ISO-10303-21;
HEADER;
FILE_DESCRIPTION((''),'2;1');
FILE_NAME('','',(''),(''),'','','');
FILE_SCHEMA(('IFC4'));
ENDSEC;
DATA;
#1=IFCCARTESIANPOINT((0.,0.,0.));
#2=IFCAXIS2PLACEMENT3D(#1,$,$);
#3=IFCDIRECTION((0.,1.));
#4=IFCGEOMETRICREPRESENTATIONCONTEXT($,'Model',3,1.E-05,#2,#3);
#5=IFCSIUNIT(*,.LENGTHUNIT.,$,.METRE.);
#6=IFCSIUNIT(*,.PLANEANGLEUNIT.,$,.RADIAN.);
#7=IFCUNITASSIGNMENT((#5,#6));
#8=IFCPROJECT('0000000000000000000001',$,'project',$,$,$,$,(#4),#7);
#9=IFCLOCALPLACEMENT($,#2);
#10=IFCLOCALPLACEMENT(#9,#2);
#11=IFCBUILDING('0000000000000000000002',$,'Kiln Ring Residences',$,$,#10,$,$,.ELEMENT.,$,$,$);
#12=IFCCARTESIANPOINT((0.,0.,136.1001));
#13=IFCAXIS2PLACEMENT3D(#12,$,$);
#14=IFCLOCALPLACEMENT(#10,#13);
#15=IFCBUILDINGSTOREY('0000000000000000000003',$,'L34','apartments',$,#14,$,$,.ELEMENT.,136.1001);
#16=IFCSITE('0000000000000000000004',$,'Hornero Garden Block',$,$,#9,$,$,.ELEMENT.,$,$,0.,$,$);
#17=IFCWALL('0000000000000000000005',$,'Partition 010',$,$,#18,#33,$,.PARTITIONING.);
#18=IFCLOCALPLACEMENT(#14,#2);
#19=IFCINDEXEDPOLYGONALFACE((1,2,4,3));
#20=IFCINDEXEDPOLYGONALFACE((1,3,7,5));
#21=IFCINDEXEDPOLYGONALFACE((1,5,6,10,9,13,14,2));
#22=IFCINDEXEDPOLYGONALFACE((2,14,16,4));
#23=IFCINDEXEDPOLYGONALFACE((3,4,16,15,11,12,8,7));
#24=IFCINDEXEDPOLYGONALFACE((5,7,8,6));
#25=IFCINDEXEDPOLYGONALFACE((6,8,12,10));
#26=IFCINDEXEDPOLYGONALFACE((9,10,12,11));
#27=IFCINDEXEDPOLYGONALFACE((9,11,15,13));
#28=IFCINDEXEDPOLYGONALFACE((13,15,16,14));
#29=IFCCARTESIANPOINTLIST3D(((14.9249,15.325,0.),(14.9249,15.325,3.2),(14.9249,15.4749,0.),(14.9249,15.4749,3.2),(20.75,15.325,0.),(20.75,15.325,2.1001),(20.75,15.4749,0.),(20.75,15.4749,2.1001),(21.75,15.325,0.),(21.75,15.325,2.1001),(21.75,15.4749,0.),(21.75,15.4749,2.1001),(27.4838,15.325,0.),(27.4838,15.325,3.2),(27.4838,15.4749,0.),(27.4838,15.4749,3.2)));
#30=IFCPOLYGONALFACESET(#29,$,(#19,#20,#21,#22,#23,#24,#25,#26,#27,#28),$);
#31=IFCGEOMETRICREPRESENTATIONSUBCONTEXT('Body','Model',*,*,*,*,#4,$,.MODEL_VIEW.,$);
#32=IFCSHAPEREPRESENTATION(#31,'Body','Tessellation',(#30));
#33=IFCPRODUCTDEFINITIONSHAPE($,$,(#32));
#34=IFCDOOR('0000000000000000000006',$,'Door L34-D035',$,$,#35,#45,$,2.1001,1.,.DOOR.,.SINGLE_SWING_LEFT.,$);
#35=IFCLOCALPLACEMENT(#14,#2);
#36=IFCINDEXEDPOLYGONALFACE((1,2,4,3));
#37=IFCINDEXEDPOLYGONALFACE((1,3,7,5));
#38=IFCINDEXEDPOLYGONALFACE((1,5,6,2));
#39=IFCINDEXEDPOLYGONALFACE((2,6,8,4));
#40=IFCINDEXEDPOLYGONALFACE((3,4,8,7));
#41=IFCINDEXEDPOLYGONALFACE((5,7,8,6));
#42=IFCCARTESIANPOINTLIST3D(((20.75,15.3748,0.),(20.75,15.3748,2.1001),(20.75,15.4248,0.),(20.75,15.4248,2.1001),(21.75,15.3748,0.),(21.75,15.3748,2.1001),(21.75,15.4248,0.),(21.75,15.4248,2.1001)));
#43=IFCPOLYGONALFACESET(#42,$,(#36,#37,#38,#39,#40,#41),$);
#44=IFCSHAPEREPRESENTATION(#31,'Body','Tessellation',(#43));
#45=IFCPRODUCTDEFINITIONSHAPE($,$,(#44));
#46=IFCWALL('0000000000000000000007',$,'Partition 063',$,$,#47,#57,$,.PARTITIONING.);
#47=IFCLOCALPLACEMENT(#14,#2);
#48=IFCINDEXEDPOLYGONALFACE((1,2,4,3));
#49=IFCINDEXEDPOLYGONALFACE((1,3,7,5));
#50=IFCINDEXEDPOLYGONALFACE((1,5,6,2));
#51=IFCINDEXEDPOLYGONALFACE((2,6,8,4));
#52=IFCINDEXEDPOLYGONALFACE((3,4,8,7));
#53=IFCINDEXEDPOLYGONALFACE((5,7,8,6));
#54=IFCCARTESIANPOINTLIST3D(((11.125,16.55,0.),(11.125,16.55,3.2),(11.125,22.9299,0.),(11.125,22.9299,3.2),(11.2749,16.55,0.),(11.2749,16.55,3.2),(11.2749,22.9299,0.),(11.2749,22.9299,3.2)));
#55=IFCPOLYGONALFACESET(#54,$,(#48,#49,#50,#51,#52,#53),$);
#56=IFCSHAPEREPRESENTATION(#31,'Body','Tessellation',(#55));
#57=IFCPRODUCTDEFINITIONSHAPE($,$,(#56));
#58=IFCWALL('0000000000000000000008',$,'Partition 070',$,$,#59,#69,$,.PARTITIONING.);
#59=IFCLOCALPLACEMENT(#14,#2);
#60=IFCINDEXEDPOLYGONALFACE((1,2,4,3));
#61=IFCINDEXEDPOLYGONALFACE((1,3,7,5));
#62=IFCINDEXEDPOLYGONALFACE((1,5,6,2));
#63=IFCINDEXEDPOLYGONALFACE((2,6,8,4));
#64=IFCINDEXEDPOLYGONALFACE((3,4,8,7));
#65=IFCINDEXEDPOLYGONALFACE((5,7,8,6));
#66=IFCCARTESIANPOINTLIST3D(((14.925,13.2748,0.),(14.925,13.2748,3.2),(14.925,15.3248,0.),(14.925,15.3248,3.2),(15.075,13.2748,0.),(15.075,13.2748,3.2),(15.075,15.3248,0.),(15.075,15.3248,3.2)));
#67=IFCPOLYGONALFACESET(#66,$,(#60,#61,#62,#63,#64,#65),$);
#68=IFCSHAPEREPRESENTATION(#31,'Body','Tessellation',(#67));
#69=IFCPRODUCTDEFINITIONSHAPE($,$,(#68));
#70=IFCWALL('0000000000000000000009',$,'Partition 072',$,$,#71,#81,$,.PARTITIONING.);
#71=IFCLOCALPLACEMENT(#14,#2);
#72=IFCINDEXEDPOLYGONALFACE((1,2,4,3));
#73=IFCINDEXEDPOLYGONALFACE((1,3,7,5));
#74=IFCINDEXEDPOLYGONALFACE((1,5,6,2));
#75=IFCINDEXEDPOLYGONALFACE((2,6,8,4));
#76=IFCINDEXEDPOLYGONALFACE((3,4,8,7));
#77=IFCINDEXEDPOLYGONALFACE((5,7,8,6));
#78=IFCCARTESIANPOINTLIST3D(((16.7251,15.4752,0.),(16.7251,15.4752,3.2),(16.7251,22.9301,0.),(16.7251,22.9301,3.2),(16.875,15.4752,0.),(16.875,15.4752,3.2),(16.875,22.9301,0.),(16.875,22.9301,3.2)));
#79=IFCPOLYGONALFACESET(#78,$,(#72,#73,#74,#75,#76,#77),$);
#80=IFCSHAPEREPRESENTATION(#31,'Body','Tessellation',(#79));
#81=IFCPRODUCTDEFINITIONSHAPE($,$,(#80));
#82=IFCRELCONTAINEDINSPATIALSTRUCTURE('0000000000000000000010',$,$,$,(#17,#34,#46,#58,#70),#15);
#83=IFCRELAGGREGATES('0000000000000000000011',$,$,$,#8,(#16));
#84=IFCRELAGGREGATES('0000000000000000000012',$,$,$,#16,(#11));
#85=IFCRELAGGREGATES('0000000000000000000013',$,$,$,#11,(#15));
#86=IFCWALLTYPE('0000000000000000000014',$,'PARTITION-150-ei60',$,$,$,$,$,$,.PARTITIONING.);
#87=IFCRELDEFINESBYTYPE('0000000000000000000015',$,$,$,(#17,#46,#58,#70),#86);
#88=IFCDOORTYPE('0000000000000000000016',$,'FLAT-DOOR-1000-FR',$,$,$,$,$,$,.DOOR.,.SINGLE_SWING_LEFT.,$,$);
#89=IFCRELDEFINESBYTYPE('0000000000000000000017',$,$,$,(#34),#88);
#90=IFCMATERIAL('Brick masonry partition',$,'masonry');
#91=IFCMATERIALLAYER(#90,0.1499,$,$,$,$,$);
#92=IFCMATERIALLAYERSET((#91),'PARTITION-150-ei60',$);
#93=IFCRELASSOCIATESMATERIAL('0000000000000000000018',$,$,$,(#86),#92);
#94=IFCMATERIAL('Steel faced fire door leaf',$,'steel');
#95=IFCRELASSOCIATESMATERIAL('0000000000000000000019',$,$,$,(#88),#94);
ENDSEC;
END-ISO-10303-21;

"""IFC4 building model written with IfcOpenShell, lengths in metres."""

from ifc_helpers import new_model, si_unit, direction, frame, frame_2d, origin, place, context, subcontext, project, spatial, rectangle, extrude, material, layer, layer_set, type_object, element, fill, save


model = new_model("IFC4")

# Units and contexts
model_context = context("Model", 3, precision=1e-05, world=origin(), true_north=direction((0.0, 1.0)))
body_context = subcontext(model_context, "Body", "Model", "MODEL_VIEW")
ifc_project = project(units=[si_unit("LENGTHUNIT", "METRE"), si_unit("PLANEANGLEUNIT", "RADIAN")], contexts=[model_context])

# Site, building, storey
site_placement = place(None, origin())
site = spatial("IfcSite", under=ifc_project, at=site_placement, Name="Hornero Garden Block", CompositionType="ELEMENT", RefElevation=0.0)
building_placement = place(site_placement, origin())
building = spatial("IfcBuilding", under=site, at=building_placement, Name="Kiln Ring Residences", CompositionType="ELEMENT")
storey_placement = place(building_placement, frame((0.0, 0.0, 136.1001)))
storey = spatial("IfcBuildingStorey", under=building, at=storey_placement, Name="L34", Description="apartments", CompositionType="ELEMENT", Elevation=136.1001)

# Wall, opening, door
ifc_material_1 = material(Name="Brick masonry partition", Category="masonry")
ifc_layer_1 = layer(ifc_material_1, 0.1499)
ifc_layer_set_1 = layer_set([ifc_layer_1], Name="PARTITION-150-ei60")
wall_type_1 = type_object("IfcWallType", Name="PARTITION-150-ei60", PredefinedType="PARTITIONING", material=ifc_layer_set_1)
wall_1_placement = place(storey_placement, frame((14.925, 15.3999, 0.0), z_axis=(0.0, 0.0, 1.0), x_axis=(1.0, 0.0, 0.0)))
wall_1 = element("IfcWall", 1, at=wall_1_placement, inside=storey, type_object=wall_type_1, Name="Partition 010", PredefinedType="PARTITIONING", context=body_context, shape_type="SweptSolid", body=[
    extrude(rectangle(XDim=12.5588, YDim=0.1499, at=frame_2d((6.2793, 0.0))), origin(), (0.0, 0.0, 1.0), 3.2),
])
opening_1_placement = place(wall_1_placement, frame((5.825, 0.0, 0.0)))
opening_1 = element("IfcOpeningElement", 2, at=opening_1_placement, cuts=wall_1, PredefinedType="OPENING", context=body_context, shape_type="SweptSolid", body=[
    extrude(rectangle(XDim=1.0, YDim=2.1001, at=frame_2d((0.5, 1.05))), frame((0.0, 0.085, 0.0), z_axis=(0.0, -1.0, 0.0), x_axis=(1.0, 0.0, 0.0)), (0.0, 0.0, 1.0), 0.1699),
])
ifc_material_2 = material(Name="Steel faced fire door leaf", Category="steel")
door_type_1 = type_object("IfcDoorType", Name="FLAT-DOOR-1000-FR", OperationType="SINGLE_SWING_LEFT", PredefinedType="DOOR", material=ifc_material_2)
door_1_placement = place(opening_1_placement, origin())
door_1 = element("IfcDoor", 3, at=door_1_placement, inside=storey, type_object=door_type_1, Name="Door L34-D035", OperationType="SINGLE_SWING_LEFT", OverallHeight=2.1001, OverallWidth=1.0, PredefinedType="DOOR", context=body_context, shape_type="SweptSolid", body=[
    extrude(rectangle(XDim=1.0, YDim=2.1001, at=frame_2d((0.5, 1.05))), frame((0.0, 0.0249, 0.0), z_axis=(0.0, -1.0, 0.0), x_axis=(1.0, 0.0, 0.0)), (0.0, 0.0, 1.0), 0.05),
])
fill(opening_1, door_1)

# Walls
wall_2_placement = place(storey_placement, frame((11.2, 16.55, 0.0), z_axis=(0.0, 0.0, 1.0), x_axis=(0.0, 1.0, 0.0)))
element("IfcWall", 4, at=wall_2_placement, inside=storey, type_object=wall_type_1, Name="Partition 063", PredefinedType="PARTITIONING", context=body_context, shape_type="SweptSolid", body=[
    extrude(rectangle(XDim=6.3799, YDim=0.1499, at=frame_2d((3.1899, 0.0))), origin(), (0.0, 0.0, 1.0), 3.2),
])
wall_3_placement = place(storey_placement, frame((15.0, 13.2749, 0.0), z_axis=(0.0, 0.0, 1.0), x_axis=(0.0, 1.0, 0.0)))
element("IfcWall", 5, at=wall_3_placement, inside=storey, type_object=wall_type_1, Name="Partition 070", PredefinedType="PARTITIONING", context=body_context, shape_type="SweptSolid", body=[
    extrude(rectangle(XDim=2.05, YDim=0.1499, at=frame_2d((1.0249, 0.0))), origin(), (0.0, 0.0, 1.0), 3.2),
])
wall_4_placement = place(storey_placement, frame((16.8, 15.4751, 0.0), z_axis=(0.0, 0.0, 1.0), x_axis=(0.0, 1.0, 0.0)))
element("IfcWall", 6, at=wall_4_placement, inside=storey, type_object=wall_type_1, Name="Partition 072", PredefinedType="PARTITIONING", context=body_context, shape_type="SweptSolid", body=[
    extrude(rectangle(XDim=7.4548, YDim=0.1499, at=frame_2d((3.7275, 0.0))), origin(), (0.0, 0.0, 1.0), 3.2),
])

save(model, "model.ifc")
